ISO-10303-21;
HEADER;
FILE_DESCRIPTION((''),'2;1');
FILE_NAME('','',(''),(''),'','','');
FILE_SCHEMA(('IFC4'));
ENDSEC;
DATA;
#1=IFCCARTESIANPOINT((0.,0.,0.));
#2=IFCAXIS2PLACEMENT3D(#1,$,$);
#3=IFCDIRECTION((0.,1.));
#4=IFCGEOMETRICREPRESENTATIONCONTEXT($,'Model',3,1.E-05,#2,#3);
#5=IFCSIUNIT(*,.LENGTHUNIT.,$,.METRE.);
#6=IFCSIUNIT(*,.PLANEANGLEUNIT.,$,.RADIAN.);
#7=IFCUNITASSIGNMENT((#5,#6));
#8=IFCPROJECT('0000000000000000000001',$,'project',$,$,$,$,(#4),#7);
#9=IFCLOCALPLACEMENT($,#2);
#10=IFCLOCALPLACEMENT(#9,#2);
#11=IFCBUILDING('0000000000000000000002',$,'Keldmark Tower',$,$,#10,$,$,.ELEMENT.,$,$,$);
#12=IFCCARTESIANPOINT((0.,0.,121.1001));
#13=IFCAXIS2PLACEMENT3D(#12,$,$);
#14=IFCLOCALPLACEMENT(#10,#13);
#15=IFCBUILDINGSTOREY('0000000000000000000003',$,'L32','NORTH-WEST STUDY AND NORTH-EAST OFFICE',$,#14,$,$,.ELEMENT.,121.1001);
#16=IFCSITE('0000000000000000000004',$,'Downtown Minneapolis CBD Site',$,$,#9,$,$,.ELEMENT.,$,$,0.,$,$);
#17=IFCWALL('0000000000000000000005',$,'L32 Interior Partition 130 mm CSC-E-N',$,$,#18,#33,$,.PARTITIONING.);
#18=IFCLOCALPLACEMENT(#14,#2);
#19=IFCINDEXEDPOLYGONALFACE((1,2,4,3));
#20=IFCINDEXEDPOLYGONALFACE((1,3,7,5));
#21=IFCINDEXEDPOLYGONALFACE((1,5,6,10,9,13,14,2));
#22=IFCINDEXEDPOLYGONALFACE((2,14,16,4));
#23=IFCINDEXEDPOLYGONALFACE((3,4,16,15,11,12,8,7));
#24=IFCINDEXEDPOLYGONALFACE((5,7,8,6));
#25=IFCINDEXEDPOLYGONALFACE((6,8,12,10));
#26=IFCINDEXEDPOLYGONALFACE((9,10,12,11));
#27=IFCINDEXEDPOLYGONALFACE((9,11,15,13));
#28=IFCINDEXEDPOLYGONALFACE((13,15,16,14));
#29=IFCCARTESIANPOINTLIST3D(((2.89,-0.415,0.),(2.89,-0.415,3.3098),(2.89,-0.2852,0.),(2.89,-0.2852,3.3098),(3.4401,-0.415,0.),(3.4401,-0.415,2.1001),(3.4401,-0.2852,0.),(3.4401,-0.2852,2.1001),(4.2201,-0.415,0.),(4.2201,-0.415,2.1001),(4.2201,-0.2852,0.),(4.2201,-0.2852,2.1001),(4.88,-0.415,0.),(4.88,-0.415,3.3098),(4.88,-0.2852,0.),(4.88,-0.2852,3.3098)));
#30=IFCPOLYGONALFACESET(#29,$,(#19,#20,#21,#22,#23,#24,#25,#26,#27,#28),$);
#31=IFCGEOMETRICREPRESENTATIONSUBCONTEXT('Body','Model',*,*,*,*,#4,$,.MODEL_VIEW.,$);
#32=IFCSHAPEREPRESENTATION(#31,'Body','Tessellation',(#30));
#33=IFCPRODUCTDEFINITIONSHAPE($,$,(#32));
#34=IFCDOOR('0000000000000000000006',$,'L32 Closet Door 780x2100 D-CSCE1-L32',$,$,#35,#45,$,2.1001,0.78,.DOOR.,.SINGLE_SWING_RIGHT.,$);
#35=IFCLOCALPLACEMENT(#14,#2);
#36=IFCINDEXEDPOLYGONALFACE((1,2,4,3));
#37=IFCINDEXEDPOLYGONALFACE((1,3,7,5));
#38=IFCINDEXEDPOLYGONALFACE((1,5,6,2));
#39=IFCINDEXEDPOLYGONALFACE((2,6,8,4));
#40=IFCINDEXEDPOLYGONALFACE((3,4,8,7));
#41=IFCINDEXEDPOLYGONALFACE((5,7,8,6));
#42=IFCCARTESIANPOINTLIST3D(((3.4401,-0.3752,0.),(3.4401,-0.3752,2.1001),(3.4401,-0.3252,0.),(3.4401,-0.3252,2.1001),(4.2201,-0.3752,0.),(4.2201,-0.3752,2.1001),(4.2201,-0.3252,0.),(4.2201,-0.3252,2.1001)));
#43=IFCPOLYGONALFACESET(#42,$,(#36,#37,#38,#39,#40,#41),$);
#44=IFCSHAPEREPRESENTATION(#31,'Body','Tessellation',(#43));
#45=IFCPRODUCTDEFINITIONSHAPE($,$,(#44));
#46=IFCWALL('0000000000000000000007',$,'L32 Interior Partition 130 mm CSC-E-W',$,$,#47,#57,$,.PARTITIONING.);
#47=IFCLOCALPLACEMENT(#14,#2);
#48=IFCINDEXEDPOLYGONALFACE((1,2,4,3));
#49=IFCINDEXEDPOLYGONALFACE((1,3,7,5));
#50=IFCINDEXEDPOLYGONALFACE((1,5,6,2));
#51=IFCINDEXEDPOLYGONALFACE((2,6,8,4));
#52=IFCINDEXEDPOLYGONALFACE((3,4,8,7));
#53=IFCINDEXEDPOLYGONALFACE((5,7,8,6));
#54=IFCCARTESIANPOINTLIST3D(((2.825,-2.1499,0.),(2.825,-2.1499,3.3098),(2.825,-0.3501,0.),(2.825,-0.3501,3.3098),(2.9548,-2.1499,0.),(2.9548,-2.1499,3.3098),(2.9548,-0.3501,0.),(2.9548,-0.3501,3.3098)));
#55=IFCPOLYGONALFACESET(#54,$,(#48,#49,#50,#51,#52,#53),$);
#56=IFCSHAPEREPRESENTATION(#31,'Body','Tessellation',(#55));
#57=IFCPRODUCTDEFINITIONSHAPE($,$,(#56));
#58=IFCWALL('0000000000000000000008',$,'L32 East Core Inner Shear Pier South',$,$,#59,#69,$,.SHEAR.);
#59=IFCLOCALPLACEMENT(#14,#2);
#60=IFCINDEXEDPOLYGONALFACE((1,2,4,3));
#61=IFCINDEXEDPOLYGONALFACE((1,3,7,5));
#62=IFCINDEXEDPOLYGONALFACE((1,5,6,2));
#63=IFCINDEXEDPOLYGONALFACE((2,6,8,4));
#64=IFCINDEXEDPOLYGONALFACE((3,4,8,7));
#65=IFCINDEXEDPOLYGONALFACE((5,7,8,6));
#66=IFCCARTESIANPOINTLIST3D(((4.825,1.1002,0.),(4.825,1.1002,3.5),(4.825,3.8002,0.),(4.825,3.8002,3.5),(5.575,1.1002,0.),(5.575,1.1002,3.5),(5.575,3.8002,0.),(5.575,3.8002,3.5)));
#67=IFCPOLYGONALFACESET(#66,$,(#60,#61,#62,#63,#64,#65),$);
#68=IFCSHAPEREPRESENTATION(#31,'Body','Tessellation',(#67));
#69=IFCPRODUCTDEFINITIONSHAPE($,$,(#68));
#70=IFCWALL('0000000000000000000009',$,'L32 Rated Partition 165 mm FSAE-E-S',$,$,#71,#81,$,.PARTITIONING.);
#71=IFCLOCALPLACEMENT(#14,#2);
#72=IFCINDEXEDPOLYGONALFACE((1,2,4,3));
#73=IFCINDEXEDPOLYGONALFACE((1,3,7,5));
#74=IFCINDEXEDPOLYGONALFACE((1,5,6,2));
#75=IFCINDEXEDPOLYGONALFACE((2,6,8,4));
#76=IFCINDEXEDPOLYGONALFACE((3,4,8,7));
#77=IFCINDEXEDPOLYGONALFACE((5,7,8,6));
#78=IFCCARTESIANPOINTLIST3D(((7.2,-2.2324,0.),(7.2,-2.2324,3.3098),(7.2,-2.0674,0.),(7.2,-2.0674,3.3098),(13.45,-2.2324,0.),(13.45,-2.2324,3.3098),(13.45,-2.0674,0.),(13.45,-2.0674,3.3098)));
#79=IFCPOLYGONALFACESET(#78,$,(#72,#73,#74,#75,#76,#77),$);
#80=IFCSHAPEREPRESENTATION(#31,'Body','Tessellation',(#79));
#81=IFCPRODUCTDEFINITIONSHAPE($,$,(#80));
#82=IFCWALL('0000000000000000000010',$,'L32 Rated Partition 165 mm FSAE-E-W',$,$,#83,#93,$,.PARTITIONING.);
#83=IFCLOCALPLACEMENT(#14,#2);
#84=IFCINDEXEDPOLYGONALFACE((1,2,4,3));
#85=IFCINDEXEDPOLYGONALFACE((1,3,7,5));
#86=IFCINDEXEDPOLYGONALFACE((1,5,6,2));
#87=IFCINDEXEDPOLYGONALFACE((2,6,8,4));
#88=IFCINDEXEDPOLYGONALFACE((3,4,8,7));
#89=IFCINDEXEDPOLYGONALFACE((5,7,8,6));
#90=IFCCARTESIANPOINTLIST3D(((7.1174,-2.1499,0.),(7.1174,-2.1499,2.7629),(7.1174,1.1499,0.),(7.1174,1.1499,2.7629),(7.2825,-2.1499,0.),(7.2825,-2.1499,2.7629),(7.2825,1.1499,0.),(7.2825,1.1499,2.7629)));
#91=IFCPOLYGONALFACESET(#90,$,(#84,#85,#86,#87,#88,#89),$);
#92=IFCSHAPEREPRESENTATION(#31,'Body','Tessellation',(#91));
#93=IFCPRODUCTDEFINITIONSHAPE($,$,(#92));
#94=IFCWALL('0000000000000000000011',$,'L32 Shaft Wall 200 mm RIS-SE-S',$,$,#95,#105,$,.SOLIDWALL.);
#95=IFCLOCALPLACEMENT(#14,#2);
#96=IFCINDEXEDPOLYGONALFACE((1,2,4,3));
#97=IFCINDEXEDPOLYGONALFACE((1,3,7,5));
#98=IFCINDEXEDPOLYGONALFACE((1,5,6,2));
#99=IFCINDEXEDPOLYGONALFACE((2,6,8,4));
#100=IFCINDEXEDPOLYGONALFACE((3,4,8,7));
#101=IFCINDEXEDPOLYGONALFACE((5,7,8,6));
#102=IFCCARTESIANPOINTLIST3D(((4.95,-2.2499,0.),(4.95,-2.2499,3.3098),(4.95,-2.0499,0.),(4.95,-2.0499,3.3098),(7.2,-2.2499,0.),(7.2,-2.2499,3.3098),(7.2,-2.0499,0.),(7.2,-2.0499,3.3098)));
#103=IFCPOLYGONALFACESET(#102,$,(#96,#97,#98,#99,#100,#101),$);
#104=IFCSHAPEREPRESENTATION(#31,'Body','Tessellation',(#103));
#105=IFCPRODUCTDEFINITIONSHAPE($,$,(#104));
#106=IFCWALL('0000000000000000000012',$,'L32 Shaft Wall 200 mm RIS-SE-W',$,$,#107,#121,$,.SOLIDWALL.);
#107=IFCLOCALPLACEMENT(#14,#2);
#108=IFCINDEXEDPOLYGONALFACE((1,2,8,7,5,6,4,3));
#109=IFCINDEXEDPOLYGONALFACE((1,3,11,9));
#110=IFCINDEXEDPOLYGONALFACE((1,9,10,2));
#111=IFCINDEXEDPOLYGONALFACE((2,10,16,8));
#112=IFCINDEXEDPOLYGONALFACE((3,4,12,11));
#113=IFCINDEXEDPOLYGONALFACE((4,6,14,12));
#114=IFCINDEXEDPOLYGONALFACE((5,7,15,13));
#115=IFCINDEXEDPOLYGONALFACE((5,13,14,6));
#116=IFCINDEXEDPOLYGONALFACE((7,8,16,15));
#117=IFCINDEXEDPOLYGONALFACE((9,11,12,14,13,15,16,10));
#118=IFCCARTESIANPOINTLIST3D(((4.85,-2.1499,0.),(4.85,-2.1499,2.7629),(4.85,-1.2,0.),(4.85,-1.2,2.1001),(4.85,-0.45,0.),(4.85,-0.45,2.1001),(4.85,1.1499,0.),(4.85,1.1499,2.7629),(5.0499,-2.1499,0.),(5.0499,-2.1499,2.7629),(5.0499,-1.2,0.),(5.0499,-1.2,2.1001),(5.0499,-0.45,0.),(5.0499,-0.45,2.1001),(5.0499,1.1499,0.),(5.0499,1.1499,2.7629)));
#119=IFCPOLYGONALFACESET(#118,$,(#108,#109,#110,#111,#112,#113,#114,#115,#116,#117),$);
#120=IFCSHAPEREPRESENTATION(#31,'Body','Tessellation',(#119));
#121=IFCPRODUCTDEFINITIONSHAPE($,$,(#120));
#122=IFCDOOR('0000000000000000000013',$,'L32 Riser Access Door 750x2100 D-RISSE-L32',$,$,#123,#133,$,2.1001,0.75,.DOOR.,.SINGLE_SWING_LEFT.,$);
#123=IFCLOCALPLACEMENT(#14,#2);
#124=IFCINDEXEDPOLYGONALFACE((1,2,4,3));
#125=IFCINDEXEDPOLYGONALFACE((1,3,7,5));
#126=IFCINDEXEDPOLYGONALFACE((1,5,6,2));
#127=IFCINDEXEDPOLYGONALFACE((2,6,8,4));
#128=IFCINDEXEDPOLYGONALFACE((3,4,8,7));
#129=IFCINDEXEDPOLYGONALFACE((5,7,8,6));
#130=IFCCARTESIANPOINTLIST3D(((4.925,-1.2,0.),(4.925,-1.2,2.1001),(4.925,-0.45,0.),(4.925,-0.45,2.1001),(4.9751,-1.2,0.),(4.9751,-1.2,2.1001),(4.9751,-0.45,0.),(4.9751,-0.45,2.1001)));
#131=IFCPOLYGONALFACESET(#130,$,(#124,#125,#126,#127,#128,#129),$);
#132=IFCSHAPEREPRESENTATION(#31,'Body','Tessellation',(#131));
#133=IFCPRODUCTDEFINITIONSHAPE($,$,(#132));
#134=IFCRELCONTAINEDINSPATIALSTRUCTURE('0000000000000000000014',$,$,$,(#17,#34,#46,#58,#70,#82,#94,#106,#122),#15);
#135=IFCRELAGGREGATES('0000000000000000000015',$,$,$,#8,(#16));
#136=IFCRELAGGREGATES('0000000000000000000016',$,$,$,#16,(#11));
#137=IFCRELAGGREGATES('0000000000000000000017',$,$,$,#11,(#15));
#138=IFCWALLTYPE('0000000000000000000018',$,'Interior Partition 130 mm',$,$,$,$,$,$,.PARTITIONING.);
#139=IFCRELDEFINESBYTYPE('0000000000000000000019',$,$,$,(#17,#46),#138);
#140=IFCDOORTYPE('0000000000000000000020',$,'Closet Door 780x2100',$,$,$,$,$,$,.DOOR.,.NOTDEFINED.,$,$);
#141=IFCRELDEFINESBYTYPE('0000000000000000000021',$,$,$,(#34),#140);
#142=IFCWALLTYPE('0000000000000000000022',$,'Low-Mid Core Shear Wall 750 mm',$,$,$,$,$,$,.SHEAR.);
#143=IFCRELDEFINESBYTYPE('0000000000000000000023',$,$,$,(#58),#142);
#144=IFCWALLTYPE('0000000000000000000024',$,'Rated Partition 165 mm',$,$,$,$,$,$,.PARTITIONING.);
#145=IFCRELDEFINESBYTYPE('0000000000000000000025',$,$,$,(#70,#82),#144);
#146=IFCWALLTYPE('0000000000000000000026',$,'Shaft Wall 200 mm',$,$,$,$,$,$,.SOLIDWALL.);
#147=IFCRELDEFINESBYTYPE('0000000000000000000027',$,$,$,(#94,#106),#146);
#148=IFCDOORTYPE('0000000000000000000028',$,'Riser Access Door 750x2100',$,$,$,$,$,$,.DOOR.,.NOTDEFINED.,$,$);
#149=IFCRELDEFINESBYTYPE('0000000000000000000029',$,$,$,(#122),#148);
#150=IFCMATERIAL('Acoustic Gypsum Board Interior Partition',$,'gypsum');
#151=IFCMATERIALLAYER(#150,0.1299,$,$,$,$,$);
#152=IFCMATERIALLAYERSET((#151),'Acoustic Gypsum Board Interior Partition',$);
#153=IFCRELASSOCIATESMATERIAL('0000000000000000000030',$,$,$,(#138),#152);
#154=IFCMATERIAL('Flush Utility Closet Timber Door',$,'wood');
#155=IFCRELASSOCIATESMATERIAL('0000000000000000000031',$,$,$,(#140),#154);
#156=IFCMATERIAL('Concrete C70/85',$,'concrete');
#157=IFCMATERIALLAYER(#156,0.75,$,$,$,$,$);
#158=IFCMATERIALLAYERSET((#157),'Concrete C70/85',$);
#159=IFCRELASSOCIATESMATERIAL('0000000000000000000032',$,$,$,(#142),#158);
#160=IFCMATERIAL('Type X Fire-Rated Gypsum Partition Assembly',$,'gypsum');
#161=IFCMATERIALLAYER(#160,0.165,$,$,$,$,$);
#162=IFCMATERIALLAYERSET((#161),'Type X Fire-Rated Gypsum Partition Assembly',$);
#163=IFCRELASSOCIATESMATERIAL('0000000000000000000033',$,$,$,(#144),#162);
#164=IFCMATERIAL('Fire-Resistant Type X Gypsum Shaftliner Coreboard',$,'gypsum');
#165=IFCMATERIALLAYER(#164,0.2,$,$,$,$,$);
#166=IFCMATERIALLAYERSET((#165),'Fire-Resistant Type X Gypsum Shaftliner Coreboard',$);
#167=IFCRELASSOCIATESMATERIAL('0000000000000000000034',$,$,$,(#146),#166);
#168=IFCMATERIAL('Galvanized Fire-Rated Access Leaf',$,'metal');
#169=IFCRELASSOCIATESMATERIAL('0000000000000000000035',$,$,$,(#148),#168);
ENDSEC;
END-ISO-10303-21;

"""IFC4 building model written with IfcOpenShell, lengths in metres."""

from ifc_helpers import new_model, si_unit, direction, frame, frame_2d, origin, place, context, subcontext, project, spatial, rectangle, extrude, material, layer, layer_set, type_object, element, fill, save


model = new_model("IFC4")

# Units and contexts
model_context = context("Model", 3, precision=1e-05, world=origin(), true_north=direction((0.0, 1.0)))
body_context = subcontext(model_context, "Body", "Model", "MODEL_VIEW")
ifc_project = project(units=[si_unit("LENGTHUNIT", "METRE"), si_unit("PLANEANGLEUNIT", "RADIAN")], contexts=[model_context])

# Site, building, storey
site_placement = place(None, origin())
site = spatial("IfcSite", under=ifc_project, at=site_placement, Name="Downtown Minneapolis CBD Site", CompositionType="ELEMENT", RefElevation=0.0)
building_placement = place(site_placement, origin())
building = spatial("IfcBuilding", under=site, at=building_placement, Name="Keldmark Tower", CompositionType="ELEMENT")
storey_placement = place(building_placement, frame((0.0, 0.0, 121.1001)))
storey = spatial("IfcBuildingStorey", under=building, at=storey_placement, Name="L32", Description="NORTH-WEST STUDY AND NORTH-EAST OFFICE", CompositionType="ELEMENT", Elevation=121.1001)

# Wall, opening, door
ifc_material_1 = material(Name="Acoustic Gypsum Board Interior Partition", Category="gypsum")
ifc_layer_1 = layer(ifc_material_1, 0.1299)
ifc_layer_set_1 = layer_set([ifc_layer_1], Name="Acoustic Gypsum Board Interior Partition")
wall_type_1 = type_object("IfcWallType", Name="Interior Partition 130 mm", PredefinedType="PARTITIONING", material=ifc_layer_set_1)
wall_1_placement = place(storey_placement, frame((2.8899, -0.3501, 0.0), z_axis=(0.0, 0.0, 1.0), x_axis=(1.0, 0.0, 0.0)))
wall_1 = element("IfcWall", 1, at=wall_1_placement, inside=storey, type_object=wall_type_1, Name="L32 Interior Partition 130 mm CSC-E-N", PredefinedType="PARTITIONING", context=body_context, shape_type="SweptSolid", body=[
    extrude(rectangle(XDim=1.99, YDim=0.1299, at=frame_2d((0.9951, 0.0))), origin(), (0.0, 0.0, 1.0), 3.3098),
])
opening_1_placement = place(wall_1_placement, frame((0.55, 0.0, 0.0)))
opening_1 = element("IfcOpeningElement", 2, at=opening_1_placement, cuts=wall_1, PredefinedType="OPENING", context=body_context, shape_type="SweptSolid", body=[
    extrude(rectangle(XDim=0.78, YDim=2.1001, at=frame_2d((0.3901, 1.05))), frame((0.0, 0.075, 0.0), z_axis=(0.0, -1.0, 0.0), x_axis=(1.0, 0.0, 0.0)), (0.0, 0.0, 1.0), 0.1499),
])
ifc_material_2 = material(Name="Flush Utility Closet Timber Door", Category="wood")
door_type_1 = type_object("IfcDoorType", Name="Closet Door 780x2100", OperationType="NOTDEFINED", PredefinedType="DOOR", material=ifc_material_2)
door_1_placement = place(opening_1_placement, origin())
door_1 = element("IfcDoor", 3, at=door_1_placement, inside=storey, type_object=door_type_1, Name="L32 Closet Door 780x2100 D-CSCE1-L32", OperationType="SINGLE_SWING_RIGHT", OverallHeight=2.1001, OverallWidth=0.78, PredefinedType="DOOR", context=body_context, shape_type="SweptSolid", body=[
    extrude(rectangle(XDim=0.78, YDim=2.1001, at=frame_2d((0.3901, 1.05))), frame((0.0, 0.0249, 0.0), z_axis=(0.0, -1.0, 0.0), x_axis=(1.0, 0.0, 0.0)), (0.0, 0.0, 1.0), 0.05),
])
fill(opening_1, door_1)

# Walls
wall_2_placement = place(storey_placement, frame((2.8899, -2.1499, 0.0), z_axis=(0.0, 0.0, 1.0), x_axis=(0.0, 1.0, 0.0)))
element("IfcWall", 4, at=wall_2_placement, inside=storey, type_object=wall_type_1, Name="L32 Interior Partition 130 mm CSC-E-W", PredefinedType="PARTITIONING", context=body_context, shape_type="SweptSolid", body=[
    extrude(rectangle(XDim=1.7998, YDim=0.1299, at=frame_2d((0.8999, 0.0))), origin(), (0.0, 0.0, 1.0), 3.3098),
])
ifc_material_3 = material(Name="Concrete C70/85", Category="concrete")
ifc_layer_2 = layer(ifc_material_3, 0.75)
ifc_layer_set_2 = layer_set([ifc_layer_2], Name="Concrete C70/85")
wall_type_2 = type_object("IfcWallType", Name="Low-Mid Core Shear Wall 750 mm", PredefinedType="SHEAR", material=ifc_layer_set_2)
wall_3_placement = place(storey_placement, frame((5.2, 1.1001, 0.0), z_axis=(0.0, 0.0, 1.0), x_axis=(0.0, 1.0, 0.0)))
element("IfcWall", 5, at=wall_3_placement, inside=storey, type_object=wall_type_2, Name="L32 East Core Inner Shear Pier South", PredefinedType="SHEAR", context=body_context, shape_type="SweptSolid", body=[
    extrude(rectangle(XDim=2.7, YDim=0.75, at=frame_2d((1.3501, 0.0))), origin(), (0.0, 0.0, 1.0), 3.5),
])
ifc_material_4 = material(Name="Type X Fire-Rated Gypsum Partition Assembly", Category="gypsum")
ifc_layer_3 = layer(ifc_material_4, 0.165)
ifc_layer_set_3 = layer_set([ifc_layer_3], Name="Type X Fire-Rated Gypsum Partition Assembly")
wall_type_3 = type_object("IfcWallType", Name="Rated Partition 165 mm", PredefinedType="PARTITIONING", material=ifc_layer_set_3)
wall_4_placement = place(storey_placement, frame((7.2, -2.1499, 0.0), z_axis=(0.0, 0.0, 1.0), x_axis=(1.0, 0.0, 0.0)))
element("IfcWall", 6, at=wall_4_placement, inside=storey, type_object=wall_type_3, Name="L32 Rated Partition 165 mm FSAE-E-S", PredefinedType="PARTITIONING", context=body_context, shape_type="SweptSolid", body=[
    extrude(rectangle(XDim=6.25, YDim=0.165, at=frame_2d((3.125, 0.0))), origin(), (0.0, 0.0, 1.0), 3.3098),
])
wall_5_placement = place(storey_placement, frame((7.2, -2.1499, 0.0), z_axis=(0.0, 0.0, 1.0), x_axis=(0.0, 1.0, 0.0)))
element("IfcWall", 7, at=wall_5_placement, inside=storey, type_object=wall_type_3, Name="L32 Rated Partition 165 mm FSAE-E-W", PredefinedType="PARTITIONING", context=body_context, shape_type="SweptSolid", body=[
    extrude(rectangle(XDim=3.2998, YDim=0.165, at=frame_2d((1.6499, 0.0))), origin(), (0.0, 0.0, 1.0), 2.7629),
])

# Wall
ifc_material_5 = material(Name="Fire-Resistant Type X Gypsum Shaftliner Coreboard", Category="gypsum")
ifc_layer_4 = layer(ifc_material_5, 0.2)
ifc_layer_set_4 = layer_set([ifc_layer_4], Name="Fire-Resistant Type X Gypsum Shaftliner Coreboard")
wall_type_4 = type_object("IfcWallType", Name="Shaft Wall 200 mm", PredefinedType="SOLIDWALL", material=ifc_layer_set_4)
wall_6_placement = place(storey_placement, frame((4.95, -2.1499, 0.0), z_axis=(0.0, 0.0, 1.0), x_axis=(1.0, 0.0, 0.0)))
element("IfcWall", 8, at=wall_6_placement, inside=storey, type_object=wall_type_4, Name="L32 Shaft Wall 200 mm RIS-SE-S", PredefinedType="SOLIDWALL", context=body_context, shape_type="SweptSolid", body=[
    extrude(rectangle(XDim=2.25, YDim=0.2, at=frame_2d((1.125, 0.0))), origin(), (0.0, 0.0, 1.0), 3.3098),
])

# Wall, opening, door
wall_7_placement = place(storey_placement, frame((4.95, -2.1499, 0.0), z_axis=(0.0, 0.0, 1.0), x_axis=(0.0, 1.0, 0.0)))
wall_7 = element("IfcWall", 9, at=wall_7_placement, inside=storey, type_object=wall_type_4, Name="L32 Shaft Wall 200 mm RIS-SE-W", PredefinedType="SOLIDWALL", context=body_context, shape_type="SweptSolid", body=[
    extrude(rectangle(XDim=3.2998, YDim=0.2, at=frame_2d((1.6499, 0.0))), origin(), (0.0, 0.0, 1.0), 2.7629),
])
opening_2_placement = place(wall_7_placement, frame((0.95, 0.0, 0.0)))
opening_2 = element("IfcOpeningElement", 10, at=opening_2_placement, cuts=wall_7, PredefinedType="OPENING", context=body_context, shape_type="SweptSolid", body=[
    extrude(rectangle(XDim=0.75, YDim=2.1001, at=frame_2d((0.375, 1.05))), frame((0.0, 0.1099, 0.0), z_axis=(0.0, -1.0, 0.0), x_axis=(1.0, 0.0, 0.0)), (0.0, 0.0, 1.0), 0.22),
])
ifc_material_6 = material(Name="Galvanized Fire-Rated Access Leaf", Category="metal")
door_type_2 = type_object("IfcDoorType", Name="Riser Access Door 750x2100", OperationType="NOTDEFINED", PredefinedType="DOOR", material=ifc_material_6)
door_2_placement = place(opening_2_placement, origin())
door_2 = element("IfcDoor", 11, at=door_2_placement, inside=storey, type_object=door_type_2, Name="L32 Riser Access Door 750x2100 D-RISSE-L32", OperationType="SINGLE_SWING_LEFT", OverallHeight=2.1001, OverallWidth=0.75, PredefinedType="DOOR", context=body_context, shape_type="SweptSolid", body=[
    extrude(rectangle(XDim=0.75, YDim=2.1001, at=frame_2d((0.375, 1.05))), frame((0.0, 0.0249, 0.0), z_axis=(0.0, -1.0, 0.0), x_axis=(1.0, 0.0, 0.0)), (0.0, 0.0, 1.0), 0.05),
])
fill(opening_2, door_2)

save(model, "model.ifc")
